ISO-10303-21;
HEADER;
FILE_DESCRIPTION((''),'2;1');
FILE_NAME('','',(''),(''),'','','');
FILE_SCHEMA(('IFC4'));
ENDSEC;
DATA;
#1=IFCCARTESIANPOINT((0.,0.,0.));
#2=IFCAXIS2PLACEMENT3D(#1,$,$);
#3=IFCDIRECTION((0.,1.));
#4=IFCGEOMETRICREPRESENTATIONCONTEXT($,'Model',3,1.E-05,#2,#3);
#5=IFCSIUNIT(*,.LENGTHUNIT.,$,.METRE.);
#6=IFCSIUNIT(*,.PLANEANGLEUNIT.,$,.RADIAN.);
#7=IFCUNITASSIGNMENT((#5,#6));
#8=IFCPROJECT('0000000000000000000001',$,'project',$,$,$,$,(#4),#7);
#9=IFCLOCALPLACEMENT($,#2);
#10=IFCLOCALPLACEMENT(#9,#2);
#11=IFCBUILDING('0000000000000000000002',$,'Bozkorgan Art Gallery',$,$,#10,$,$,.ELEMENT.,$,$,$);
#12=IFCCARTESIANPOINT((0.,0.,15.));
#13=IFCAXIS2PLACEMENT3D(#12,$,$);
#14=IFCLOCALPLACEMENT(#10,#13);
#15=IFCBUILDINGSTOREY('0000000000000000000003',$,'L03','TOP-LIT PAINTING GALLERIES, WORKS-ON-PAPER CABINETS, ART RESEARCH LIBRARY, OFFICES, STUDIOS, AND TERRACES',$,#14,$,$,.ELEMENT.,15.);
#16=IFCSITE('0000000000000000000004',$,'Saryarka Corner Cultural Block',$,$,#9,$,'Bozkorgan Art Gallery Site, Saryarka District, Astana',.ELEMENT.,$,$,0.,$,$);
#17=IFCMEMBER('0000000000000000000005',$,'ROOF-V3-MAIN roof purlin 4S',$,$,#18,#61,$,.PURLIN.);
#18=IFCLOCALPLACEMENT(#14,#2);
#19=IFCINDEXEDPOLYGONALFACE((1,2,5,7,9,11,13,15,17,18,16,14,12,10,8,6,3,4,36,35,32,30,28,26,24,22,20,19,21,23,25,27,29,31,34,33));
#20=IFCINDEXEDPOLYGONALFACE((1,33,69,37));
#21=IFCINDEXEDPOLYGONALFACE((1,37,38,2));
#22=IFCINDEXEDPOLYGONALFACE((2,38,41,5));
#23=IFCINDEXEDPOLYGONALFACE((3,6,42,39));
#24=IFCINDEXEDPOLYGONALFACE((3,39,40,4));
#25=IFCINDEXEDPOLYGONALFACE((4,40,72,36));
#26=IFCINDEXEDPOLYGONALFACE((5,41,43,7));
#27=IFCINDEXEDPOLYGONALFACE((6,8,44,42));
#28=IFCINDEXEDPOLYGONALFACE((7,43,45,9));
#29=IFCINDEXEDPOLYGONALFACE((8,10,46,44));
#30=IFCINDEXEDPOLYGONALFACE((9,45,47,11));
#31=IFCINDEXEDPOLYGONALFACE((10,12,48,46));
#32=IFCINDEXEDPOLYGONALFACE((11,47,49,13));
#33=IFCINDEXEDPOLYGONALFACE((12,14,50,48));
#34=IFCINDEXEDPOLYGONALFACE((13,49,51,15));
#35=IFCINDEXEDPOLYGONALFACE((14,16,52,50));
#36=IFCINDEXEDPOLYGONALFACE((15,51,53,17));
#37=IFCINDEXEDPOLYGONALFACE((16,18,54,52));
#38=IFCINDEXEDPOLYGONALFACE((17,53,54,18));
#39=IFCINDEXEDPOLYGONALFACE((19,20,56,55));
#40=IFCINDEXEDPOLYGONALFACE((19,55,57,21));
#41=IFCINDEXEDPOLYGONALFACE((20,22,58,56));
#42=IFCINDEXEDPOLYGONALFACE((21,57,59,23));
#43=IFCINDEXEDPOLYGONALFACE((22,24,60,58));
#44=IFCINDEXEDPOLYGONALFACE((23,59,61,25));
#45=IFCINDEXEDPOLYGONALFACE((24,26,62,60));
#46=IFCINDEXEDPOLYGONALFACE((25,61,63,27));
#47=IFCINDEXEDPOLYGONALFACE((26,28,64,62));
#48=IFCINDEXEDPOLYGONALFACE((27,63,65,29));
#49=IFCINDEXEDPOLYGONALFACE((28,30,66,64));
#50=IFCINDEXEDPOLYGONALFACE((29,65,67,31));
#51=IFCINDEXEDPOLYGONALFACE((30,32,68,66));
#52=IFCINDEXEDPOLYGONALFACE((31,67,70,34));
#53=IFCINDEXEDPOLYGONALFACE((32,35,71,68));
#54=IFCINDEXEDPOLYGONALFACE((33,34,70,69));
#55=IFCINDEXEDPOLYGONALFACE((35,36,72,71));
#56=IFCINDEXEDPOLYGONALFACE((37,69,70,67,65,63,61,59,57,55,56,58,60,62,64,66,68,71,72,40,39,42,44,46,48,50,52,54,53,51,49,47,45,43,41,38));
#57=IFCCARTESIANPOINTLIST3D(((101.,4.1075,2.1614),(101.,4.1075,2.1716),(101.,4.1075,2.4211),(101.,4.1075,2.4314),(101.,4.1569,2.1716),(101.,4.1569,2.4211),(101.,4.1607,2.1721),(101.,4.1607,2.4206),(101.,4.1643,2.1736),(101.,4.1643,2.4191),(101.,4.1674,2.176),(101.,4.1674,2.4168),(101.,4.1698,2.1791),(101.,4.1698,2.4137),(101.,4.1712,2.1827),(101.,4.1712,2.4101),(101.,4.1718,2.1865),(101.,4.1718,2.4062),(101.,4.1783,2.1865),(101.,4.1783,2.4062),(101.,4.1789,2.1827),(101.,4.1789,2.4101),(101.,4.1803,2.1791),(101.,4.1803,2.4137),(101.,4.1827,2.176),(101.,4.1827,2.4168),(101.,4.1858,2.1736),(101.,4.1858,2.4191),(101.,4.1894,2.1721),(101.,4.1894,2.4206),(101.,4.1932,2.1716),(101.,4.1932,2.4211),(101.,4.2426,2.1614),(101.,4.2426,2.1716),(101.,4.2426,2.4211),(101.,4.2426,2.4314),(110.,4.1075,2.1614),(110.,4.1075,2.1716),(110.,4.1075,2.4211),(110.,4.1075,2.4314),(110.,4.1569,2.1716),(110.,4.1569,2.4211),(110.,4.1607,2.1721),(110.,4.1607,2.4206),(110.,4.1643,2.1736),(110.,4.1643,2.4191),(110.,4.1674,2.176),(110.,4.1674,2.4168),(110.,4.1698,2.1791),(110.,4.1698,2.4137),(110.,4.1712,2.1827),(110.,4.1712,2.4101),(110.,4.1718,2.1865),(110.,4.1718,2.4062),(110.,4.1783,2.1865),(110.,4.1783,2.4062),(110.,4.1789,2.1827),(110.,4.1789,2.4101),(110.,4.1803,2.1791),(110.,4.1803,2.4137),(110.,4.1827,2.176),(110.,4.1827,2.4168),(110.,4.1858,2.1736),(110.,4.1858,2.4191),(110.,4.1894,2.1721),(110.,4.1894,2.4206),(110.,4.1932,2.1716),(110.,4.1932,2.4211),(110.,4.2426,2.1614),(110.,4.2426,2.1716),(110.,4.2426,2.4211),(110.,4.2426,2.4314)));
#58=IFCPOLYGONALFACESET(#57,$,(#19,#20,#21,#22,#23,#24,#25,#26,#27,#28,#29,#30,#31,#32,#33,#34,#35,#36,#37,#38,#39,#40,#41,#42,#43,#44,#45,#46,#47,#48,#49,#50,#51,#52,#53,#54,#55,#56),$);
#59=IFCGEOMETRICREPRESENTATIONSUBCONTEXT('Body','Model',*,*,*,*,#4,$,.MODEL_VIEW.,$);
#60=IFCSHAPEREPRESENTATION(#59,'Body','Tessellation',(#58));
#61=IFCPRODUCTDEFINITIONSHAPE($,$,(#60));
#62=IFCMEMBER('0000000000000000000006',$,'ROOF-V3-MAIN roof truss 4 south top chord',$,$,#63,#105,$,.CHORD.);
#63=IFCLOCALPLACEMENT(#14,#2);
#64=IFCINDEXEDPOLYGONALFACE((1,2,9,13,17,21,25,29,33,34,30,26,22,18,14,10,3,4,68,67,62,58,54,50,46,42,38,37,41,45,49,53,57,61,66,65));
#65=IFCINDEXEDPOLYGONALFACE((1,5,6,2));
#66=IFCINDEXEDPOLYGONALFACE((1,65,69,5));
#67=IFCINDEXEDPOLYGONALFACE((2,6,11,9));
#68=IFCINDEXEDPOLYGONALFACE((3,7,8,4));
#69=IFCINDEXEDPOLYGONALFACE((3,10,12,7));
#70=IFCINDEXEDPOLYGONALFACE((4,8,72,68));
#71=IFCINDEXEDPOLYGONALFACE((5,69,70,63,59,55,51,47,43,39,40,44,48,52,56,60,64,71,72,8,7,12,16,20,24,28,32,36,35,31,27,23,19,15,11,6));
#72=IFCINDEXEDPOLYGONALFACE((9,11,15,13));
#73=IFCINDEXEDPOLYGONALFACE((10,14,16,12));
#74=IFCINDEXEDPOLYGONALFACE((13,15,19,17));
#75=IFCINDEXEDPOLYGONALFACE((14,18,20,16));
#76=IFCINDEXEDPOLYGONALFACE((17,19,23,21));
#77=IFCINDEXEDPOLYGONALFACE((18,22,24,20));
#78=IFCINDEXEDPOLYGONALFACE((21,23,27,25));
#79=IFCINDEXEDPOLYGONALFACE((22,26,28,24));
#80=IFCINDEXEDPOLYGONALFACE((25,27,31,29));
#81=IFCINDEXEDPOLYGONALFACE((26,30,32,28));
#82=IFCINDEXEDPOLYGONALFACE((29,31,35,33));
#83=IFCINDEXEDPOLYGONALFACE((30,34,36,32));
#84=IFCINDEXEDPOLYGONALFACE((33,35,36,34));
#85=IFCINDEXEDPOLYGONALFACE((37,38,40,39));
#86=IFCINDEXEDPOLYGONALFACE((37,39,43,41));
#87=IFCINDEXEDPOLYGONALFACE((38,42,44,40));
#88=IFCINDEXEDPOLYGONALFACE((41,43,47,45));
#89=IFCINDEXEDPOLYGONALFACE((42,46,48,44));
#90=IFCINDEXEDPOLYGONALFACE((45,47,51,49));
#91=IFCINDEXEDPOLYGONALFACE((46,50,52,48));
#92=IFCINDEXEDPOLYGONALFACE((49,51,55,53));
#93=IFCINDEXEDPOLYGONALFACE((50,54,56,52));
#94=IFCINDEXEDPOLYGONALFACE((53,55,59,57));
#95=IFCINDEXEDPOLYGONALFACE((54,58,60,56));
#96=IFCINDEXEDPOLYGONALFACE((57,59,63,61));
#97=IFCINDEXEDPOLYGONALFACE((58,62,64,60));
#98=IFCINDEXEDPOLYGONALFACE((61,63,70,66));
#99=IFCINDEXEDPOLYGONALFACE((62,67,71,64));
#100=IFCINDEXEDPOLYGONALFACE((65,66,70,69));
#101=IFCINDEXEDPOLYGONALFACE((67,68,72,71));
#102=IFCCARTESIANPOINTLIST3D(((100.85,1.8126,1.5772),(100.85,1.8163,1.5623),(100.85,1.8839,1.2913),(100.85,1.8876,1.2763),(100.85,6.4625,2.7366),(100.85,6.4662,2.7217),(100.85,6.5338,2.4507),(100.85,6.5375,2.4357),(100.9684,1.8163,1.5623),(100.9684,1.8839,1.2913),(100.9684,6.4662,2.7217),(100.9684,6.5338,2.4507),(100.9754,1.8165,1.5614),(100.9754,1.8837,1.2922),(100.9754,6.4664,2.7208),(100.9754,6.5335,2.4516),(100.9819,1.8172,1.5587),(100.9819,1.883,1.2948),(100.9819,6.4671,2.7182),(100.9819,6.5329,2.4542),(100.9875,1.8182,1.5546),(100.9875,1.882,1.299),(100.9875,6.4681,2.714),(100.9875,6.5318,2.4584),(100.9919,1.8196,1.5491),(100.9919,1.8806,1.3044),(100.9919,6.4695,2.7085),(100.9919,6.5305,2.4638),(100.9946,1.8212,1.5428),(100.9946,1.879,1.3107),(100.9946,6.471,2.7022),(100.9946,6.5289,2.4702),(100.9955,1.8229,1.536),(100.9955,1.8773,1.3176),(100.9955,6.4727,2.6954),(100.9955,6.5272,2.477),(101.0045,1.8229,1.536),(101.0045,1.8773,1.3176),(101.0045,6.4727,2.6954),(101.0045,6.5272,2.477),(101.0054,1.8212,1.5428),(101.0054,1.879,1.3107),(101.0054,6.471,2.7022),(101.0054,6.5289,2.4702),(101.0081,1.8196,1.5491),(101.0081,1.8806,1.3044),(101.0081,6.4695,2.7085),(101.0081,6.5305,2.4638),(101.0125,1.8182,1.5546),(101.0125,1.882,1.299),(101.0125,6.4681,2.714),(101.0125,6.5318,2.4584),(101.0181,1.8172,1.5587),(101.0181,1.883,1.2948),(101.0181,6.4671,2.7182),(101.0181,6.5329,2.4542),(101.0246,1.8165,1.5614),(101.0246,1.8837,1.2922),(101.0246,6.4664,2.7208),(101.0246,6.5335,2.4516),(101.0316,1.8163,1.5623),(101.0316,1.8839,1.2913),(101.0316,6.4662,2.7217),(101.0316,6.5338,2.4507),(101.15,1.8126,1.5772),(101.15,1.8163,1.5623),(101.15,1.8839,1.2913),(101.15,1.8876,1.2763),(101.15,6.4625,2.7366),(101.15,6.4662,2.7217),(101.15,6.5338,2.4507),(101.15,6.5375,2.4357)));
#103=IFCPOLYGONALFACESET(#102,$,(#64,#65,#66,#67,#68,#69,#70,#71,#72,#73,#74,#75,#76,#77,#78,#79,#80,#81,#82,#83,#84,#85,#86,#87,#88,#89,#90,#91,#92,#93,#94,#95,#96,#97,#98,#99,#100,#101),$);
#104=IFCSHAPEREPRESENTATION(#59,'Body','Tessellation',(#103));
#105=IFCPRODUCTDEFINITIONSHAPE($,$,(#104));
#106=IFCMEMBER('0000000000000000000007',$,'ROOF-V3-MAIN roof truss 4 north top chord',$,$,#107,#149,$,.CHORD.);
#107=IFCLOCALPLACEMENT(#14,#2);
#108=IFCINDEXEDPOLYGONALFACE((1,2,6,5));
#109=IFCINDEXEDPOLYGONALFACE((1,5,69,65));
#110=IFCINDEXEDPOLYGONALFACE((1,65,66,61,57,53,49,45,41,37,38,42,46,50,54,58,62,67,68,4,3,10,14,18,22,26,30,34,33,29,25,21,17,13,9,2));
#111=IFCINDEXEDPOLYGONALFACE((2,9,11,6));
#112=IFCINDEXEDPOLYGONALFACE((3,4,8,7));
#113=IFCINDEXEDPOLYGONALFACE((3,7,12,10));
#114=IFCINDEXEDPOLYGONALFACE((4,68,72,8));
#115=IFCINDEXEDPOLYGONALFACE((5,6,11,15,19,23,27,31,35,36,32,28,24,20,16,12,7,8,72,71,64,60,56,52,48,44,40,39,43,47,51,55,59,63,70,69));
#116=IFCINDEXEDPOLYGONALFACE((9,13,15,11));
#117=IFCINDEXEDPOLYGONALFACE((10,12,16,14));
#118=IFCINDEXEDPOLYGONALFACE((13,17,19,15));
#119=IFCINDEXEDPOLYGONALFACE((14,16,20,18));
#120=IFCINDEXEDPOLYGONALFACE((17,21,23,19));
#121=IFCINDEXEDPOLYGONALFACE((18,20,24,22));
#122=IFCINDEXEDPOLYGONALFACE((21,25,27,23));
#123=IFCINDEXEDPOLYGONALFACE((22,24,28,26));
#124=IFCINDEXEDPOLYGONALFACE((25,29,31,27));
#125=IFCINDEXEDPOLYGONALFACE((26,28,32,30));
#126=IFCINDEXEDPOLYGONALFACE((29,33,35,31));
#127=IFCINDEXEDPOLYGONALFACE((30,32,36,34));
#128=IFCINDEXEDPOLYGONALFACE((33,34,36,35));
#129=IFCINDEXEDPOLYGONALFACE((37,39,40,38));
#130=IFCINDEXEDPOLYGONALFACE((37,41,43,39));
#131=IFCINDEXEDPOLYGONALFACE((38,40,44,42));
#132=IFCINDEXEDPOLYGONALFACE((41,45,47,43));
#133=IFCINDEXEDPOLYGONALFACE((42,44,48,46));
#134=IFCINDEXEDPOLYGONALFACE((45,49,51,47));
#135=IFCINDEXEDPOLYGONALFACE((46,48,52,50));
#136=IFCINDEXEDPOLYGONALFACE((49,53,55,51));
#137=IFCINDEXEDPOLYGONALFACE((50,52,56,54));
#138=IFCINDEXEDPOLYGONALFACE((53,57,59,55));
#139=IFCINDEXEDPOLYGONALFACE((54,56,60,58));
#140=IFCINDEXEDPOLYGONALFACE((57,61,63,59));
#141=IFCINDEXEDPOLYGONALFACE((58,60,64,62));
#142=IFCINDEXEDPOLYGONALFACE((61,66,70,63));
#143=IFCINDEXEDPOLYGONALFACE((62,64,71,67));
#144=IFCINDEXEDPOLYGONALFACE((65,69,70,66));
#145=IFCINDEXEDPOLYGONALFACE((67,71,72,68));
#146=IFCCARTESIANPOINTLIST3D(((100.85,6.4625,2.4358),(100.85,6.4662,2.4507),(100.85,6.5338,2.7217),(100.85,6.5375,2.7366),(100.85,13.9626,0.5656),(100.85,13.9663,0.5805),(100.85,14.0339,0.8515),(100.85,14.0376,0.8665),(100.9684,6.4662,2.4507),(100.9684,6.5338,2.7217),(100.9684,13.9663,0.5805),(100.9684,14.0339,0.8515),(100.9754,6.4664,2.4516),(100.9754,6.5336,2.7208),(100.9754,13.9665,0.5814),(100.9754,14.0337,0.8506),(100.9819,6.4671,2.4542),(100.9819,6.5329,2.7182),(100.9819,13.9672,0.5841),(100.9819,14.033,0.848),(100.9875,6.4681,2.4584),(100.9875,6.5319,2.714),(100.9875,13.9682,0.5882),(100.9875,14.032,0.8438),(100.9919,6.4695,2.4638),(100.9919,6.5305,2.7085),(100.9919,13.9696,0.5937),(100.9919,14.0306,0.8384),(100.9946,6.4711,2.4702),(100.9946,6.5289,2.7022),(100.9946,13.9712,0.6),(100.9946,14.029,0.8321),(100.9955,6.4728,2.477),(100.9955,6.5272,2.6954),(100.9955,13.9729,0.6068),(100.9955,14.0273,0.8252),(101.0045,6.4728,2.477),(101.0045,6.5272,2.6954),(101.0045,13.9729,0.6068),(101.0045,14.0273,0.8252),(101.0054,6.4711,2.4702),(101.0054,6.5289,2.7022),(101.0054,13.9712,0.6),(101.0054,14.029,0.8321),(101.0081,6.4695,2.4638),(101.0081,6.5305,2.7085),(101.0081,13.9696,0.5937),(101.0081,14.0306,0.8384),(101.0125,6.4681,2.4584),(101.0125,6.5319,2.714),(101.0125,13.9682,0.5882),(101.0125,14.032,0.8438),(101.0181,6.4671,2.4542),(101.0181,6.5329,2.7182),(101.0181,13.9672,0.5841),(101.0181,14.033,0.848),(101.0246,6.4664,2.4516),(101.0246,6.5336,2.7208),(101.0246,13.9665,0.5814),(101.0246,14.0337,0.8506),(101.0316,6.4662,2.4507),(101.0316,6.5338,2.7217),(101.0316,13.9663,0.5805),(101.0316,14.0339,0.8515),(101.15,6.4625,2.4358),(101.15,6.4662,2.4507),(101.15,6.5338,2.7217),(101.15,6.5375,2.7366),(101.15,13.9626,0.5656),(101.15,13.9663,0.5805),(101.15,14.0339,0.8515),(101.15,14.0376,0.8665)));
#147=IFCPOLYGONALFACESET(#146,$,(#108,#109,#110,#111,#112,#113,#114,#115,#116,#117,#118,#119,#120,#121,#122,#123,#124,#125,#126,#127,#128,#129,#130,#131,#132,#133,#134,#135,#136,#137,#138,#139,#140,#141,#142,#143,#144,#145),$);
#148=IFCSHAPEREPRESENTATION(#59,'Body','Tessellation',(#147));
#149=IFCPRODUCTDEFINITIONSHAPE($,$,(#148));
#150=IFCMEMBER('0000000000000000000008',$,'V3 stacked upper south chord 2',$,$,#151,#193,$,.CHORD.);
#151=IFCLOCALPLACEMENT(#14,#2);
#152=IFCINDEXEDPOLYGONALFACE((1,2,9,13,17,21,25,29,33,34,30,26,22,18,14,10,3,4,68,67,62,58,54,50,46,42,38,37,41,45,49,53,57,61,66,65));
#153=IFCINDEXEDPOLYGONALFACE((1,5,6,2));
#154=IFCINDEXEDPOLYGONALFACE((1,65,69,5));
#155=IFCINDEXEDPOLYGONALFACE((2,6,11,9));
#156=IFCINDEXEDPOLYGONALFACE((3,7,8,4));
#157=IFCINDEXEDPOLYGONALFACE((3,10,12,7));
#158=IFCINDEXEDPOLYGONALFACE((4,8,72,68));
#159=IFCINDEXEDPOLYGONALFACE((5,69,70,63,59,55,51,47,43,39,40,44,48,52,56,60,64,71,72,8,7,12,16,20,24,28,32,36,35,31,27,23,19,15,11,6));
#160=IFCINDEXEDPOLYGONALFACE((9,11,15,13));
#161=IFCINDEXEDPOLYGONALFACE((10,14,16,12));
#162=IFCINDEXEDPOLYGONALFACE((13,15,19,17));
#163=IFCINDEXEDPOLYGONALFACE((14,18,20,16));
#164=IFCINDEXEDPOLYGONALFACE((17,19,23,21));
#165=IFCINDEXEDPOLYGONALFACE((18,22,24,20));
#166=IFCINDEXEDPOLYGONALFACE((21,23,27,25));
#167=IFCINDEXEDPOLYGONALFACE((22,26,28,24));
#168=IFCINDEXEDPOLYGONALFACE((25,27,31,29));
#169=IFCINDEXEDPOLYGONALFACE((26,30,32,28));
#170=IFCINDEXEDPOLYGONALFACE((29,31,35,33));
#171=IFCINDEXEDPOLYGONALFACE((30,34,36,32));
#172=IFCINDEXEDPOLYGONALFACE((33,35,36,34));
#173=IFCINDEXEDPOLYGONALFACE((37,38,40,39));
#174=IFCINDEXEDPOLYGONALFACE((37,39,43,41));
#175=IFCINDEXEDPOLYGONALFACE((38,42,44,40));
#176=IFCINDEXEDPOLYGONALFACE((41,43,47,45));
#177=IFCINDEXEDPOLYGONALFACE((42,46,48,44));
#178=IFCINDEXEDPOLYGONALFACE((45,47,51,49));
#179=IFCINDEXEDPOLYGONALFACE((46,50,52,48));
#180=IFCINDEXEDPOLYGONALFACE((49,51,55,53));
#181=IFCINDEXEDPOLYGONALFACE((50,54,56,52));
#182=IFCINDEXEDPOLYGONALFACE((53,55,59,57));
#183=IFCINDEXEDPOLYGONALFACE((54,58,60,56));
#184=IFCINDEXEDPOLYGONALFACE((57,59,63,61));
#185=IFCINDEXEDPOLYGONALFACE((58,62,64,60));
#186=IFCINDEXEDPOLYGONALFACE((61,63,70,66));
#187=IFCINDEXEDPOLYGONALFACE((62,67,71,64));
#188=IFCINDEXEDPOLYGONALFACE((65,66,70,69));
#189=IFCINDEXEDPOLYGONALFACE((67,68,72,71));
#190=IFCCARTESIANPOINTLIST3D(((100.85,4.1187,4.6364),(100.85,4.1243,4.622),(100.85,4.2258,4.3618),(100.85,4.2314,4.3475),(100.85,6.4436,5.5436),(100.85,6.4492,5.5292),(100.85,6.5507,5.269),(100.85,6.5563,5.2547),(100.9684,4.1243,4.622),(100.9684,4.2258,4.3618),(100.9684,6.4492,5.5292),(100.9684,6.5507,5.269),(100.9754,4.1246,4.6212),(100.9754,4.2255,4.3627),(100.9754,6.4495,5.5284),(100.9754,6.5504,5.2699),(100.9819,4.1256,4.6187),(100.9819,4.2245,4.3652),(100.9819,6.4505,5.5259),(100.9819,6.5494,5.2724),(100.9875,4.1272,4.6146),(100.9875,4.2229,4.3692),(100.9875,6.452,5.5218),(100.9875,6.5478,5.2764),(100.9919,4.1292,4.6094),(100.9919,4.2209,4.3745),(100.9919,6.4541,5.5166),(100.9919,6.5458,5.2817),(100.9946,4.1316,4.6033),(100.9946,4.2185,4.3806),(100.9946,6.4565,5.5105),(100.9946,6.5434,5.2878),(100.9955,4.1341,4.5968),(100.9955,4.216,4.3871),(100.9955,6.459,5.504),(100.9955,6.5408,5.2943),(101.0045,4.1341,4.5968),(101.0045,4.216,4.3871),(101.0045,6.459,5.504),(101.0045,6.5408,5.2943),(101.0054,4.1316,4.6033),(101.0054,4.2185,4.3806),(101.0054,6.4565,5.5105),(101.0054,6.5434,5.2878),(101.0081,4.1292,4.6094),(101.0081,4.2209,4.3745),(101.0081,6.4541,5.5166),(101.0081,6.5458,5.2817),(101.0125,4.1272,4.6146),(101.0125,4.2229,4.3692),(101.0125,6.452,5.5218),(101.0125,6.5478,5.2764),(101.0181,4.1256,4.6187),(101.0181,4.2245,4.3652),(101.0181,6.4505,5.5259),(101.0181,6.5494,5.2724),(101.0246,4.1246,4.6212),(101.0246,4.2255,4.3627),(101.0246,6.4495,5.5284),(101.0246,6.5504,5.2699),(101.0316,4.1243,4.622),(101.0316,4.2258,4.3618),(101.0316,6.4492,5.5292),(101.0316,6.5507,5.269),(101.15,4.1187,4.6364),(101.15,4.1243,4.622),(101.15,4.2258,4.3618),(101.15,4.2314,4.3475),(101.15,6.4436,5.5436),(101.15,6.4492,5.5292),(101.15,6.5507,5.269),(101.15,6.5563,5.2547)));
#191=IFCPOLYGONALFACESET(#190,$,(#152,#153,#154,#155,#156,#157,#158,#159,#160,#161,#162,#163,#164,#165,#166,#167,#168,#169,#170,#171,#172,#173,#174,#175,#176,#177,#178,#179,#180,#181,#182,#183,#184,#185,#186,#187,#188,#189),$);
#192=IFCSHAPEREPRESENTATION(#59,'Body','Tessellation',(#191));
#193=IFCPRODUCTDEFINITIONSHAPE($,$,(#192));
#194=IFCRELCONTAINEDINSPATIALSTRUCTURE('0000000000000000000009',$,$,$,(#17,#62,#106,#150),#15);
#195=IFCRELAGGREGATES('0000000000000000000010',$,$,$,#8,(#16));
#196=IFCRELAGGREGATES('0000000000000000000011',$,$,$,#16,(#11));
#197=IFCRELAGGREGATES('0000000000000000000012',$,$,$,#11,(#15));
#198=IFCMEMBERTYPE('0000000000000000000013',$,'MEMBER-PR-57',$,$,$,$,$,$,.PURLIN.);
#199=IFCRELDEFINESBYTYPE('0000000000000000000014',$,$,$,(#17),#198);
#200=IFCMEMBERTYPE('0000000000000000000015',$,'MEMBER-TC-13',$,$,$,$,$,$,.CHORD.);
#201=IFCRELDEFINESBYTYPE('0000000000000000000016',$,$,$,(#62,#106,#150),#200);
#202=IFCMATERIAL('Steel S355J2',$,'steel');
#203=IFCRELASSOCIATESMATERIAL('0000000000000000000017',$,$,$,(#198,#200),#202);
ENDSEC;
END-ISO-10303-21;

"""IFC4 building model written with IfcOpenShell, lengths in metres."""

from ifc_helpers import new_model, si_unit, direction, frame, origin, origin_2d, place, context, subcontext, project, spatial, i_section, extrude, material, material_profile, profile_set, type_object, element, save


model = new_model("IFC4")

# Units and contexts
model_context = context("Model", 3, precision=1e-05, world=origin(), true_north=direction((0.0, 1.0)))
body_context = subcontext(model_context, "Body", "Model", "MODEL_VIEW")
ifc_project = project(units=[si_unit("LENGTHUNIT", "METRE"), si_unit("PLANEANGLEUNIT", "RADIAN")], contexts=[model_context])

# Site, building, storey
site_placement = place(None, origin())
site = spatial("IfcSite", under=ifc_project, at=site_placement, Name="Saryarka Corner Cultural Block", LongName="Bozkorgan Art Gallery Site, Saryarka District, Astana", CompositionType="ELEMENT", RefElevation=0.0)
building_placement = place(site_placement, origin())
building = spatial("IfcBuilding", under=site, at=building_placement, Name="Bozkorgan Art Gallery", CompositionType="ELEMENT")
storey_placement = place(building_placement, frame((0.0, 0.0, 15.0)))
storey = spatial("IfcBuildingStorey", under=building, at=storey_placement, Name="L03", Description="TOP-LIT PAINTING GALLERIES, WORKS-ON-PAPER CABINETS, ART RESEARCH LIBRARY, OFFICES, STUDIOS, AND TERRACES", CompositionType="ELEMENT", Elevation=15.0)

# Shared definitions
ifc_material_1 = material(Name="Steel S355J2", Category="steel")

# Members
ifc_material_profile_1 = material_profile(ifc_material_1, i_section(OverallWidth=0.135, OverallDepth=0.27, WebThickness=0.0066, FlangeThickness=0.0103, FilletRadius=0.0149, at=origin_2d()), Name="IPE 270")
ifc_profile_set_1 = profile_set([ifc_material_profile_1], Name="Steel S355J2")
member_type_1 = type_object("IfcMemberType", Name="MEMBER-PR-57", PredefinedType="PURLIN", material=ifc_profile_set_1)
member_1_placement = place(storey_placement, frame((101.0, 4.175, 2.2964), z_axis=(1.0, 0.0, 0.0), x_axis=(0.0, 1.0, 0.0)))
element("IfcMember", 1, at=member_1_placement, inside=storey, type_object=member_type_1, Name="ROOF-V3-MAIN roof purlin 4S", PredefinedType="PURLIN", context=body_context, shape_type="SweptSolid", body=[
    extrude(i_section(OverallWidth=0.135, OverallDepth=0.27, WebThickness=0.0066, FlangeThickness=0.0103, FilletRadius=0.0149, at=origin_2d()), origin(), (0.0, 0.0, 1.0), 9.0),
])
ifc_material_profile_2 = material_profile(ifc_material_1, i_section(OverallWidth=0.3, OverallDepth=0.3101, WebThickness=0.009, FlangeThickness=0.0154, FilletRadius=0.0271, at=origin_2d()), Name="HEA 320")
ifc_profile_set_2 = profile_set([ifc_material_profile_2], Name="Steel S355J2")
member_type_2 = type_object("IfcMemberType", Name="MEMBER-TC-13", PredefinedType="CHORD", material=ifc_profile_set_2)
member_2_placement = place(storey_placement, frame((101.0, 1.8501, 1.4268), z_axis=(0.0, 0.970292, 0.241936), x_axis=(-1.0, 0.0, 0.0)))
element("IfcMember", 2, at=member_2_placement, inside=storey, type_object=member_type_2, Name="ROOF-V3-MAIN roof truss 4 south top chord", PredefinedType="CHORD", context=body_context, shape_type="SweptSolid", body=[
    extrude(i_section(OverallWidth=0.3, OverallDepth=0.3101, WebThickness=0.009, FlangeThickness=0.0154, FilletRadius=0.0271, at=origin_2d()), origin(), (0.0, 0.0, 1.0), 4.7922),
])
member_3_placement = place(storey_placement, frame((101.0, 6.5, 2.5862), z_axis=(0.0, 0.970291, -0.241941), x_axis=(-1.0, 0.0, 0.0)))
element("IfcMember", 3, at=member_3_placement, inside=storey, type_object=member_type_2, Name="ROOF-V3-MAIN roof truss 4 north top chord", PredefinedType="CHORD", context=body_context, shape_type="SweptSolid", body=[
    extrude(i_section(OverallWidth=0.3, OverallDepth=0.3101, WebThickness=0.009, FlangeThickness=0.0154, FilletRadius=0.0271, at=origin_2d()), origin(), (0.0, 0.0, 1.0), 7.7297),
])
member_4_placement = place(storey_placement, frame((101.0, 4.175, 4.4919), z_axis=(0.0, 0.931587, 0.363518), x_axis=(-1.0, 0.0, 0.0)))
element("IfcMember", 4, at=member_4_placement, inside=storey, type_object=member_type_2, Name="V3 stacked upper south chord 2", PredefinedType="CHORD", context=body_context, shape_type="SweptSolid", body=[
    extrude(i_section(OverallWidth=0.3, OverallDepth=0.3101, WebThickness=0.009, FlangeThickness=0.0154, FilletRadius=0.0271, at=origin_2d()), origin(), (0.0, 0.0, 1.0), 2.4956),
])

save(model, "model.ifc")
